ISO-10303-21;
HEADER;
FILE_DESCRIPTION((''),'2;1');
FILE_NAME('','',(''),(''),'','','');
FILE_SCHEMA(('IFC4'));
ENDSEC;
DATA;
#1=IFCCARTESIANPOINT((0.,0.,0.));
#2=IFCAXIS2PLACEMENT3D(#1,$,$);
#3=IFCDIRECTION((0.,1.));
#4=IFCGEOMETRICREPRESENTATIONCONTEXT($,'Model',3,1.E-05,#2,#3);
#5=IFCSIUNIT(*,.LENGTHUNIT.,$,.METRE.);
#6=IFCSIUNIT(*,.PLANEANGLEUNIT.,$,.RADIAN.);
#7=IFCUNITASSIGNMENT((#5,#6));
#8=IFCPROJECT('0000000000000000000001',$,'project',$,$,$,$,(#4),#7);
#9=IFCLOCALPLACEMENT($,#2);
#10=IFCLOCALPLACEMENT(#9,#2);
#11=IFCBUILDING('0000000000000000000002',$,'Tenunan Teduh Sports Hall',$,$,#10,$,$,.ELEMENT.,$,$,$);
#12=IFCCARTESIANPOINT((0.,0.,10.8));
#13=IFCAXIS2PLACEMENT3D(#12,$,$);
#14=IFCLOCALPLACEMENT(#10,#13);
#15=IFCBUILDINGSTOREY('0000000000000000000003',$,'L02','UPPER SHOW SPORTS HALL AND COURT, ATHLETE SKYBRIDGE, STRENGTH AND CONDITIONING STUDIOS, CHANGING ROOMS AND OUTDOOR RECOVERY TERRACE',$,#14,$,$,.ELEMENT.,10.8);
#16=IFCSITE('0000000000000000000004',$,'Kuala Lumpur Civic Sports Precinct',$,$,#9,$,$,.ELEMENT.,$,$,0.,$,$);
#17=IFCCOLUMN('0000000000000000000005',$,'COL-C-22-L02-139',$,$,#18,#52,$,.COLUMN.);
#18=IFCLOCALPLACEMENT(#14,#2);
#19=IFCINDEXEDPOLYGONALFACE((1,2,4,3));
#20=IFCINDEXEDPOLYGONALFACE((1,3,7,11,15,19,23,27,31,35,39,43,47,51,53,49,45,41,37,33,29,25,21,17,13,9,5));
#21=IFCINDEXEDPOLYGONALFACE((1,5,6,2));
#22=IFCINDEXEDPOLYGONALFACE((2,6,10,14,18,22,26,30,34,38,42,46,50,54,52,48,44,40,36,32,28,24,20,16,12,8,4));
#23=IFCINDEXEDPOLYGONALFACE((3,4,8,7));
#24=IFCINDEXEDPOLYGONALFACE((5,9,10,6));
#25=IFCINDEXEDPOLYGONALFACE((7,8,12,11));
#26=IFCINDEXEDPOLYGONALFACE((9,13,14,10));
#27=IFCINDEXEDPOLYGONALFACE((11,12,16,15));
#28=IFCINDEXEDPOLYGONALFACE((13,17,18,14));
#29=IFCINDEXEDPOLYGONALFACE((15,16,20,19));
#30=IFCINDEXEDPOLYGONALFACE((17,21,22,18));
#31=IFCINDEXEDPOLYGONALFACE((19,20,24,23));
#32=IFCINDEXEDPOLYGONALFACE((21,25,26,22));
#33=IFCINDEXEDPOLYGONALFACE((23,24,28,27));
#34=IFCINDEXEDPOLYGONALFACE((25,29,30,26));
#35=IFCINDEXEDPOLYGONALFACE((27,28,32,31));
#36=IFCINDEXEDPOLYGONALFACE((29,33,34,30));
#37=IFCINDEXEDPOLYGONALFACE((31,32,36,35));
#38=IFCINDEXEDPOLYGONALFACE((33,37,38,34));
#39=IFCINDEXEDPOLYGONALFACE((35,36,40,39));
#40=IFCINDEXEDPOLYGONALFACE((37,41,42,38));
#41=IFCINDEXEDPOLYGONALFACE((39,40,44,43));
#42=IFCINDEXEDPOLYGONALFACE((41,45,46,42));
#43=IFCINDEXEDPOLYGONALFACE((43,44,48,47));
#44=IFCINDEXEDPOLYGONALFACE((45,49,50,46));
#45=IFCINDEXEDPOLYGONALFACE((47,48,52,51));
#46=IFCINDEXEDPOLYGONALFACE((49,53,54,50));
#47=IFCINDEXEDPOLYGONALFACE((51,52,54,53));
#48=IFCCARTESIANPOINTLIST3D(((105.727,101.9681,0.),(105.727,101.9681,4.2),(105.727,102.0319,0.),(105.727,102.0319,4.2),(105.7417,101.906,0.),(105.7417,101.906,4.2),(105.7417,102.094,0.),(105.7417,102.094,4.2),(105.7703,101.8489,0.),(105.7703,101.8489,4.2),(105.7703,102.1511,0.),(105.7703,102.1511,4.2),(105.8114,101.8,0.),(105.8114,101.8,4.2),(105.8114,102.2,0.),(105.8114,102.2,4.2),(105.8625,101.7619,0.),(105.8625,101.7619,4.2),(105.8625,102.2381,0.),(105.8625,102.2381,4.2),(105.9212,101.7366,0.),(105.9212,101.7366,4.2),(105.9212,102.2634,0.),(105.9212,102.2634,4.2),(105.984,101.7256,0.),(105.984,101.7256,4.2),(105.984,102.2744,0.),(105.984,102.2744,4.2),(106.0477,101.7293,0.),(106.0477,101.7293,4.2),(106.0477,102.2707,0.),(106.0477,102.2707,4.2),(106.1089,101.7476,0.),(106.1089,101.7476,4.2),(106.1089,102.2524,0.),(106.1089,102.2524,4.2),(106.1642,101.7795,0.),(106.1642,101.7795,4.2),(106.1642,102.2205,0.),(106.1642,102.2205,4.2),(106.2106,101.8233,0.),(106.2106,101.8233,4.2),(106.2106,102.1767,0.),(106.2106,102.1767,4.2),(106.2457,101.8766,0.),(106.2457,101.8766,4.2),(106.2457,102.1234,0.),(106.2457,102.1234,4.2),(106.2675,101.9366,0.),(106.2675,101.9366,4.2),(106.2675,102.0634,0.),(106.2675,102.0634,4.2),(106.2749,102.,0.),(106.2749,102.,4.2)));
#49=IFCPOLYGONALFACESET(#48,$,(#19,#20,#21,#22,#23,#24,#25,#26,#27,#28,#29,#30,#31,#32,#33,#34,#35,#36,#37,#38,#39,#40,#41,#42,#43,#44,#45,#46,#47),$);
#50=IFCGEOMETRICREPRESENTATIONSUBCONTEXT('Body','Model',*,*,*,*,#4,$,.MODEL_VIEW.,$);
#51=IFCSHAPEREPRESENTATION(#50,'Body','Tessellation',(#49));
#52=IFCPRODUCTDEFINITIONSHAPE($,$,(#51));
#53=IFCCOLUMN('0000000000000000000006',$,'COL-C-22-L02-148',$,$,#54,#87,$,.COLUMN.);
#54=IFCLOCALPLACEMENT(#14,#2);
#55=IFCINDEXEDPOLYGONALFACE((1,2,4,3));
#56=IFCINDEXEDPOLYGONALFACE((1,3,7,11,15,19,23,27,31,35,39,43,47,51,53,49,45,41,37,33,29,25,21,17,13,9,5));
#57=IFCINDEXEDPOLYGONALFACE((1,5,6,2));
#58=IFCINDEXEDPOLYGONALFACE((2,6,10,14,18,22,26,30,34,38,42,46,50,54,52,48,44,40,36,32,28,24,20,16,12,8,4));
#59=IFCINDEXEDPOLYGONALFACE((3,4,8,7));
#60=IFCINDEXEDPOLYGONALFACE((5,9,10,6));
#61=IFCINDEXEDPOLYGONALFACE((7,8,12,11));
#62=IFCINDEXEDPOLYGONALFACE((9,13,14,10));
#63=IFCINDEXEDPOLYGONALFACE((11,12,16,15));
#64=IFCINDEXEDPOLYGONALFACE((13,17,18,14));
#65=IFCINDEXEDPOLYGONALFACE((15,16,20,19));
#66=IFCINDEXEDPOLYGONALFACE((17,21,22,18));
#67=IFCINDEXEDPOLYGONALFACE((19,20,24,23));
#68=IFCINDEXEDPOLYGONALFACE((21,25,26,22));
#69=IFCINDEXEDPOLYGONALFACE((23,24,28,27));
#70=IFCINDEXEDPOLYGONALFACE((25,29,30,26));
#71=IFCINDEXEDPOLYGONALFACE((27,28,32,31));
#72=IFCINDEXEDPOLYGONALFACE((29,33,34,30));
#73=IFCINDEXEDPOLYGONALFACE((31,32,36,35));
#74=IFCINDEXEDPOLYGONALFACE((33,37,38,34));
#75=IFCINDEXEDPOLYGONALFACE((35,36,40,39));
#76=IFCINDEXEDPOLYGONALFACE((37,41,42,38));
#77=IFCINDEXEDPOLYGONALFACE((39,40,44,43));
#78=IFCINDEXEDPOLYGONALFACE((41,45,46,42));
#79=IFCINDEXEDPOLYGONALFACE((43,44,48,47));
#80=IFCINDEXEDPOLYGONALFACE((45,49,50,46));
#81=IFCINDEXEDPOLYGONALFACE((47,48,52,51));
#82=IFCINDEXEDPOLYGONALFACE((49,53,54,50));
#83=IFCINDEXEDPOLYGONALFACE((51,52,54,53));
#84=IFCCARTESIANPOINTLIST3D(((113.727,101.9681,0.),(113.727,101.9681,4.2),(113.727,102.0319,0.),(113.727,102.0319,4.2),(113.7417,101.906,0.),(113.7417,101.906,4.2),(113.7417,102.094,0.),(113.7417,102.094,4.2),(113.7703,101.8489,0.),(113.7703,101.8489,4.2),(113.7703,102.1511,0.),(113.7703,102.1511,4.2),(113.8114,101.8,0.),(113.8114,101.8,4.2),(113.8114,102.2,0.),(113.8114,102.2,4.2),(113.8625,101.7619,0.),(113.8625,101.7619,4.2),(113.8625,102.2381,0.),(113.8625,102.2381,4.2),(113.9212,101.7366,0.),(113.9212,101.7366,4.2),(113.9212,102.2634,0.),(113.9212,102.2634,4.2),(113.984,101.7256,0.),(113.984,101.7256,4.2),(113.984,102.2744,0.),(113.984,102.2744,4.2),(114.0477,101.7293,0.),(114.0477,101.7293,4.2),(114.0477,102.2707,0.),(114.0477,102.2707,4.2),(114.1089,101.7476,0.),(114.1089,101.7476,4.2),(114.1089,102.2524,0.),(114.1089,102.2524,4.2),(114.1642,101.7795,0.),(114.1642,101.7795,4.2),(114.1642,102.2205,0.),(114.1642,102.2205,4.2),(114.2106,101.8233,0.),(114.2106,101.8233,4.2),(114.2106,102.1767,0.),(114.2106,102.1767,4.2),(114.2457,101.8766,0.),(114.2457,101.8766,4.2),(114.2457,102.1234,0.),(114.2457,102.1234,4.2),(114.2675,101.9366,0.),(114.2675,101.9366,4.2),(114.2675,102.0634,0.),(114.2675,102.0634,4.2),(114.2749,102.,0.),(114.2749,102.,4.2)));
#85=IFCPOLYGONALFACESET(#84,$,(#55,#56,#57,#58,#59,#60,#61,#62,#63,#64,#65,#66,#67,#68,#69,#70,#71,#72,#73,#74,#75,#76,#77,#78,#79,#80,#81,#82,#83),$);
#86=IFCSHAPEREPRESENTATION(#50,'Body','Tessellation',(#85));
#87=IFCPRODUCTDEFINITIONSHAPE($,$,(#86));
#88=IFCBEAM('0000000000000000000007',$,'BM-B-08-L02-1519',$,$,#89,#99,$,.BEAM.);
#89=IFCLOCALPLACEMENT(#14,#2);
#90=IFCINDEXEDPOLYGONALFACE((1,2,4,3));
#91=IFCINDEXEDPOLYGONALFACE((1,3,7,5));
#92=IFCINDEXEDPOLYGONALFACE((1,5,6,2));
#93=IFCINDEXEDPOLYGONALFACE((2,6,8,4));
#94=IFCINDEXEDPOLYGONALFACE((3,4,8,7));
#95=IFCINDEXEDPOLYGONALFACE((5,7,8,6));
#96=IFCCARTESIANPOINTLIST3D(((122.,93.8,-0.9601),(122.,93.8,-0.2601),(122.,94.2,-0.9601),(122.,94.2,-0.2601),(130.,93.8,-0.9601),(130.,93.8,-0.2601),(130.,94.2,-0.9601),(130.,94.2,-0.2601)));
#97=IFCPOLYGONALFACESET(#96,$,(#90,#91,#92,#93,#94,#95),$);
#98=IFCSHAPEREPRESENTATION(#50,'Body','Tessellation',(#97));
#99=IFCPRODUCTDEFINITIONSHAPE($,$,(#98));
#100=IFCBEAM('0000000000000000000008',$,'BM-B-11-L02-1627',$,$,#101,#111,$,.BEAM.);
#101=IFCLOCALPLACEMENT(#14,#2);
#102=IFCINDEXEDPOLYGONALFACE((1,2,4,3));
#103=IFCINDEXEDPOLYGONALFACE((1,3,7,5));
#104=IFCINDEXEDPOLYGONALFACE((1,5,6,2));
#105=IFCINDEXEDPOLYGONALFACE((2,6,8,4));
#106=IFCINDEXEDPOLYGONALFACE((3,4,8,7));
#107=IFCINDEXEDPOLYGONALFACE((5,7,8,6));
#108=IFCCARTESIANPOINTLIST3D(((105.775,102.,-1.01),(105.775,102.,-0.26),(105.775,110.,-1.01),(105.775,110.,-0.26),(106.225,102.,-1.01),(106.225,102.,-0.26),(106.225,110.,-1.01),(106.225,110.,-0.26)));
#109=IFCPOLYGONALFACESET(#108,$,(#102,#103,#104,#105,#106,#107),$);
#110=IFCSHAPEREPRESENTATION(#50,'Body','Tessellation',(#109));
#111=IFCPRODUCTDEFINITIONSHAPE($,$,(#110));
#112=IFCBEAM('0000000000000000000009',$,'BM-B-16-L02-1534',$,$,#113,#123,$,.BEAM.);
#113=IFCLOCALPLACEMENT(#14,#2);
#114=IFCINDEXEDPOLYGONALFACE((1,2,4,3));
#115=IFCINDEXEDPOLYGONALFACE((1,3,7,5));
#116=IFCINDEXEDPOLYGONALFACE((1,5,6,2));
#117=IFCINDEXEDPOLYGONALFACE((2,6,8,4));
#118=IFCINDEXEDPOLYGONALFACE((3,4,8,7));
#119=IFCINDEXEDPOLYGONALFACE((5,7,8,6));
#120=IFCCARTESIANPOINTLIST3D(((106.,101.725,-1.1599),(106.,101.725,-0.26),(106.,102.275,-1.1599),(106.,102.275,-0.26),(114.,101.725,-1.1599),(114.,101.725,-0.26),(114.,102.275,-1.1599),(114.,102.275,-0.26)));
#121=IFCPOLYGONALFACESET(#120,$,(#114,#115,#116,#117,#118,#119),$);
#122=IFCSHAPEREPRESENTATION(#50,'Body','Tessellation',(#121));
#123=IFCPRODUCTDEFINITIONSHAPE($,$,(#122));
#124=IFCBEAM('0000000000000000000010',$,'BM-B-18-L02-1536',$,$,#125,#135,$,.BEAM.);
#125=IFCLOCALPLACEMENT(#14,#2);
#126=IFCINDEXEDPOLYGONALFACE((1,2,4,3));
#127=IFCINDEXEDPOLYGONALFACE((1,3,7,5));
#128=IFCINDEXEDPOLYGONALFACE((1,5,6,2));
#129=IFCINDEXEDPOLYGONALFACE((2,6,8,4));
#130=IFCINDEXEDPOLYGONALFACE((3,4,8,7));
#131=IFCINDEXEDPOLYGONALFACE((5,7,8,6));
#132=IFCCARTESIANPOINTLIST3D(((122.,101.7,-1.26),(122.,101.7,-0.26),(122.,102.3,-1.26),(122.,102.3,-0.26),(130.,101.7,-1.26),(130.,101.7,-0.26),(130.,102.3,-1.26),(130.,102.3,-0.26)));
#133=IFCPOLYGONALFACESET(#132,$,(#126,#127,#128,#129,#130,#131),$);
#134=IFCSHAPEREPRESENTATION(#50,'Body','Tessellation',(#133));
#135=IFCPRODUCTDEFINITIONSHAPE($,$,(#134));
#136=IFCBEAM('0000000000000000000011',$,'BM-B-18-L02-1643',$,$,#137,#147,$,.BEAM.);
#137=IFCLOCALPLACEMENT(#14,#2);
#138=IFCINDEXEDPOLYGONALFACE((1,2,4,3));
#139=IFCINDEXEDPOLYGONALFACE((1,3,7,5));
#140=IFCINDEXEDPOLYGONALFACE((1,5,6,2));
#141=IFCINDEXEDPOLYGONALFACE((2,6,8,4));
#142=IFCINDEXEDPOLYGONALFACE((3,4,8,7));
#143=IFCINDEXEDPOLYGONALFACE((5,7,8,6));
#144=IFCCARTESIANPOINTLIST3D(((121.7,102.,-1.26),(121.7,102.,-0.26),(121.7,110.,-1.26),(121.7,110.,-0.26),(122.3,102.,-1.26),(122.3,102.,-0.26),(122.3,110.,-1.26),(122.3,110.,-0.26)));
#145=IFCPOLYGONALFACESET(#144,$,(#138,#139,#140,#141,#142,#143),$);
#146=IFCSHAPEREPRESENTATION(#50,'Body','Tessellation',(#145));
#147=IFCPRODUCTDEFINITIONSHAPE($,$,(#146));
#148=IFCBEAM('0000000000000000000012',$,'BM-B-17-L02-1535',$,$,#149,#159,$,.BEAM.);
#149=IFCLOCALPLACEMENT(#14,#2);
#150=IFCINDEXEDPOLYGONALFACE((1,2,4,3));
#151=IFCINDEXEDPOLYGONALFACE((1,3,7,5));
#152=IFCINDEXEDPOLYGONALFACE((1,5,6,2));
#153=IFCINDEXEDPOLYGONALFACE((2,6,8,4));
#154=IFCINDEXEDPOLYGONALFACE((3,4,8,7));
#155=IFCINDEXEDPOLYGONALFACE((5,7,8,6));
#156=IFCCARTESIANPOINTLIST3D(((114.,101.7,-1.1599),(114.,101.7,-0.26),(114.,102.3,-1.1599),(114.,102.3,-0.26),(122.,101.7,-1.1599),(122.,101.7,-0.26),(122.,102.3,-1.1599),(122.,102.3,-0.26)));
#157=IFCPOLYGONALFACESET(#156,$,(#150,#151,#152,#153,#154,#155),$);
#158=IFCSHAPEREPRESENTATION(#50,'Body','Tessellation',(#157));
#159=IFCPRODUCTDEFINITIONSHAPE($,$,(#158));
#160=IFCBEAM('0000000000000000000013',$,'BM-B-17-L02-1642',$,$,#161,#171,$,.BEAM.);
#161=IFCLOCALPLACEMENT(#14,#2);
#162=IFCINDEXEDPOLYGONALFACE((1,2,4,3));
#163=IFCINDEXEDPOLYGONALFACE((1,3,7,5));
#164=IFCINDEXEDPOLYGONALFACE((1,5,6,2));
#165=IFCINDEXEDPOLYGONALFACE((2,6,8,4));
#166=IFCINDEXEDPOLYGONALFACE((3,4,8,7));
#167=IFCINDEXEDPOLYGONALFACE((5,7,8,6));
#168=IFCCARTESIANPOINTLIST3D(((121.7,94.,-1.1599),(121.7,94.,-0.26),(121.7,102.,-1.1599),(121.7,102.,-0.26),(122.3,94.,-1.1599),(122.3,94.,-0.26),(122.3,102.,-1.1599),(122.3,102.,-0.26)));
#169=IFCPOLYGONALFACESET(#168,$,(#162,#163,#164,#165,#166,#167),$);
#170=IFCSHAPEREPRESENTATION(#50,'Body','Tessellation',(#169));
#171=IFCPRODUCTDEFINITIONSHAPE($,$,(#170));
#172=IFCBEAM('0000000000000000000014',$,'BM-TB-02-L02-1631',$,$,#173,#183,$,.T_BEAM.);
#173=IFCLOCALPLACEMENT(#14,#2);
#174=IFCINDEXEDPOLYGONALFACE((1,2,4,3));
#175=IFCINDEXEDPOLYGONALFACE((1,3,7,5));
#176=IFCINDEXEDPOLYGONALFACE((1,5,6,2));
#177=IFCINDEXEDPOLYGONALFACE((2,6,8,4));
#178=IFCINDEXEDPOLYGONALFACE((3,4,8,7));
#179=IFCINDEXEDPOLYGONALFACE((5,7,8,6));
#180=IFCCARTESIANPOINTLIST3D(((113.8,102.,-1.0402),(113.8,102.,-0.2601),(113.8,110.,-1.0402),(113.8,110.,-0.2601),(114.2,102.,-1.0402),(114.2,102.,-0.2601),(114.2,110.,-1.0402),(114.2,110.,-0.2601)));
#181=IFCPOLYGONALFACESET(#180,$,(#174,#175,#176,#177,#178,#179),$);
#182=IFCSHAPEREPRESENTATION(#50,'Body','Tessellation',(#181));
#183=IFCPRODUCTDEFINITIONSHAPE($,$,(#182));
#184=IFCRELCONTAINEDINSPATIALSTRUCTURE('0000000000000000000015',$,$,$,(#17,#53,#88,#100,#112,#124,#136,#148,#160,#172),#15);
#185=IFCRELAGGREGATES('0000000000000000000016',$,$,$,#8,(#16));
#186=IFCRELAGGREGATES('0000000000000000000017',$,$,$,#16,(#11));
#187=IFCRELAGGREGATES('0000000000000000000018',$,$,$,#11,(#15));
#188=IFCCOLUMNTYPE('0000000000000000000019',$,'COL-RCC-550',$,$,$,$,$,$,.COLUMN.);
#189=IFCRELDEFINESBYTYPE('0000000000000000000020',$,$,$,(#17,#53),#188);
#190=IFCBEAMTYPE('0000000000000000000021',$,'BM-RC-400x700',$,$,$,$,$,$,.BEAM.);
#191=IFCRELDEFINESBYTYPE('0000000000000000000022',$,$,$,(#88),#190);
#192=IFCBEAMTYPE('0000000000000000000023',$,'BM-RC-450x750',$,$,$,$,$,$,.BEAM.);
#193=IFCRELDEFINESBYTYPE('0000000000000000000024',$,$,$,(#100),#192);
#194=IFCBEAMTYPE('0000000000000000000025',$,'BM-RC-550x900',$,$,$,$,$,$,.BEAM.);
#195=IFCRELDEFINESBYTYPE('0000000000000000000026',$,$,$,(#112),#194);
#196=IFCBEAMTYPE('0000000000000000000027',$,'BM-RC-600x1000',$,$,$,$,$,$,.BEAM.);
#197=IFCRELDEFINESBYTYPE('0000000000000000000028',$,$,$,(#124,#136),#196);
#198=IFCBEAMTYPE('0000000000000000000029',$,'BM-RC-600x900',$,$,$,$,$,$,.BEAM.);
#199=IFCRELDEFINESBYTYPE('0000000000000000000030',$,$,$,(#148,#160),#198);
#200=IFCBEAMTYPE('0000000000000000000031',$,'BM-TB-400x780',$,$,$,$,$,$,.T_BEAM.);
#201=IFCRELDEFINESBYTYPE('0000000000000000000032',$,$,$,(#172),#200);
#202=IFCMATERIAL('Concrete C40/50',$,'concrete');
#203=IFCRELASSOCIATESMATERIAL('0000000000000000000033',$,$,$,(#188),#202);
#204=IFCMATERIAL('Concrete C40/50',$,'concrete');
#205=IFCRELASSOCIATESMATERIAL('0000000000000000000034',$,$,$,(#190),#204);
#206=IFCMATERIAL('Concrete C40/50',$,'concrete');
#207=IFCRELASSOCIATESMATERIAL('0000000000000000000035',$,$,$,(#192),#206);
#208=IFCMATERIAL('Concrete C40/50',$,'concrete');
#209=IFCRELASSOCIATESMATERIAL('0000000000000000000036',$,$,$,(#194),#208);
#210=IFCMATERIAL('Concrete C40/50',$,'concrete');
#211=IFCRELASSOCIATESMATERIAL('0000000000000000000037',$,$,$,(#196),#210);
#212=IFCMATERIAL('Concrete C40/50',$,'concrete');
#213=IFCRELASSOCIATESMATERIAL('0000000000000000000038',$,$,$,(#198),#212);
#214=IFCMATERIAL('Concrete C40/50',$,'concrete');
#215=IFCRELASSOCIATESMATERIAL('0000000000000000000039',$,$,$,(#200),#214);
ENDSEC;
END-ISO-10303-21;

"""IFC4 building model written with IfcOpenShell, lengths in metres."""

from ifc_helpers import new_model, si_unit, direction, frame, origin, origin_2d, place, context, subcontext, project, spatial, rectangle, circle, extrude, material, material_profile, profile_set, type_object, element, save


model = new_model("IFC4")

# Units and contexts
model_context = context("Model", 3, precision=1e-05, world=origin(), true_north=direction((0.0, 1.0)))
body_context = subcontext(model_context, "Body", "Model", "MODEL_VIEW")
ifc_project = project(units=[si_unit("LENGTHUNIT", "METRE"), si_unit("PLANEANGLEUNIT", "RADIAN")], contexts=[model_context])

# Site, building, storey
site_placement = place(None, origin())
site = spatial("IfcSite", under=ifc_project, at=site_placement, Name="Kuala Lumpur Civic Sports Precinct", CompositionType="ELEMENT", RefElevation=0.0)
building_placement = place(site_placement, origin())
building = spatial("IfcBuilding", under=site, at=building_placement, Name="Tenunan Teduh Sports Hall", CompositionType="ELEMENT")
storey_placement = place(building_placement, frame((0.0, 0.0, 10.8)))
storey = spatial("IfcBuildingStorey", under=building, at=storey_placement, Name="L02", Description="UPPER SHOW SPORTS HALL AND COURT, ATHLETE SKYBRIDGE, STRENGTH AND CONDITIONING STUDIOS, CHANGING ROOMS AND OUTDOOR RECOVERY TERRACE", CompositionType="ELEMENT", Elevation=10.8)

# Columns
ifc_material_1 = material(Name="Concrete C40/50", Category="concrete")
ifc_material_profile_1 = material_profile(ifc_material_1, circle(Radius=0.2749, at=origin_2d()), Name="RCC D550")
ifc_profile_set_1 = profile_set([ifc_material_profile_1], Name="Concrete C40/50")
column_type = type_object("IfcColumnType", Name="COL-RCC-550", PredefinedType="COLUMN", material=ifc_profile_set_1)
for number, where, z_axis, x_axis, name in (
    (1, (106.0, 102.0, 0.0), (0.0, 0.0, 1.0), (1.0, 0.0, 0.0), "COL-C-22-L02-139"),
    (2, (114.0, 102.0, 0.0), (0.0, 0.0, 1.0), (1.0, 0.0, 0.0), "COL-C-22-L02-148"),
):
    element("IfcColumn", number, at=place(storey_placement, frame(where, z_axis=z_axis, x_axis=x_axis)), inside=storey, type_object=column_type, Name=name, PredefinedType="COLUMN", context=body_context, shape_type="SweptSolid", body=[
        extrude(circle(Radius=0.2749, at=origin_2d()), origin(), (0.0, 0.0, 1.0), 4.2),
    ])

# Beams
ifc_material_2 = material(Name="Concrete C40/50", Category="concrete")
ifc_material_profile_2 = material_profile(ifc_material_2, rectangle(XDim=0.3999, YDim=0.7, at=origin_2d()), Name="RCB 400x700")
ifc_profile_set_2 = profile_set([ifc_material_profile_2], Name="Concrete C40/50")
beam_type_1 = type_object("IfcBeamType", Name="BM-RC-400x700", PredefinedType="BEAM", material=ifc_profile_set_2)
beam_1_placement = place(storey_placement, frame((122.0, 94.0, -0.6101), z_axis=(1.0, 0.0, 0.0), x_axis=(0.0, 1.0, 0.0)))
element("IfcBeam", 3, at=beam_1_placement, inside=storey, type_object=beam_type_1, Name="BM-B-08-L02-1519", PredefinedType="BEAM", context=body_context, shape_type="SweptSolid", body=[
    extrude(rectangle(XDim=0.3999, YDim=0.7, at=origin_2d()), origin(), (0.0, 0.0, 1.0), 8.0),
])
ifc_material_3 = material(Name="Concrete C40/50", Category="concrete")
ifc_material_profile_3 = material_profile(ifc_material_3, rectangle(XDim=0.45, YDim=0.75, at=origin_2d()), Name="RCB 450x750")
ifc_profile_set_3 = profile_set([ifc_material_profile_3], Name="Concrete C40/50")
beam_type_2 = type_object("IfcBeamType", Name="BM-RC-450x750", PredefinedType="BEAM", material=ifc_profile_set_3)
beam_2_placement = place(storey_placement, frame((106.0, 102.0, -0.635), z_axis=(0.0, 1.0, 0.0), x_axis=(-1.0, 0.0, 0.0)))
element("IfcBeam", 4, at=beam_2_placement, inside=storey, type_object=beam_type_2, Name="BM-B-11-L02-1627", PredefinedType="BEAM", context=body_context, shape_type="SweptSolid", body=[
    extrude(rectangle(XDim=0.45, YDim=0.75, at=origin_2d()), origin(), (0.0, 0.0, 1.0), 8.0),
])
ifc_material_4 = material(Name="Concrete C40/50", Category="concrete")
ifc_material_profile_4 = material_profile(ifc_material_4, rectangle(XDim=0.55, YDim=0.8999, at=origin_2d()), Name="RCB 550x900")
ifc_profile_set_4 = profile_set([ifc_material_profile_4], Name="Concrete C40/50")
beam_type_3 = type_object("IfcBeamType", Name="BM-RC-550x900", PredefinedType="BEAM", material=ifc_profile_set_4)
beam_3_placement = place(storey_placement, frame((106.0, 102.0, -0.71), z_axis=(1.0, 0.0, 0.0), x_axis=(0.0, 1.0, 0.0)))
element("IfcBeam", 5, at=beam_3_placement, inside=storey, type_object=beam_type_3, Name="BM-B-16-L02-1534", PredefinedType="BEAM", context=body_context, shape_type="SweptSolid", body=[
    extrude(rectangle(XDim=0.55, YDim=0.8999, at=origin_2d()), origin(), (0.0, 0.0, 1.0), 8.0),
])
ifc_material_5 = material(Name="Concrete C40/50", Category="concrete")
ifc_material_profile_5 = material_profile(ifc_material_5, rectangle(XDim=0.6001, YDim=1.0, at=origin_2d()), Name="RCB 600x1000")
ifc_profile_set_5 = profile_set([ifc_material_profile_5], Name="Concrete C40/50")
beam_type_4 = type_object("IfcBeamType", Name="BM-RC-600x1000", PredefinedType="BEAM", material=ifc_profile_set_5)
for number, where, z_axis, x_axis, name in (
    (6, (122.0, 102.0, -0.76), (1.0, 0.0, 0.0), (0.0, 1.0, 0.0), "BM-B-18-L02-1536"),
    (7, (122.0, 102.0, -0.76), (0.0, 1.0, 0.0), (-1.0, 0.0, 0.0), "BM-B-18-L02-1643"),
):
    element("IfcBeam", number, at=place(storey_placement, frame(where, z_axis=z_axis, x_axis=x_axis)), inside=storey, type_object=beam_type_4, Name=name, PredefinedType="BEAM", context=body_context, shape_type="SweptSolid", body=[
        extrude(rectangle(XDim=0.6001, YDim=1.0, at=origin_2d()), origin(), (0.0, 0.0, 1.0), 8.0),
    ])
ifc_material_6 = material(Name="Concrete C40/50", Category="concrete")
ifc_material_profile_6 = material_profile(ifc_material_6, rectangle(XDim=0.6001, YDim=0.8999, at=origin_2d()), Name="RCB 600x900")
ifc_profile_set_6 = profile_set([ifc_material_profile_6], Name="Concrete C40/50")
beam_type_5 = type_object("IfcBeamType", Name="BM-RC-600x900", PredefinedType="BEAM", material=ifc_profile_set_6)
for number, where, z_axis, x_axis, name in (
    (8, (114.0, 102.0, -0.71), (1.0, 0.0, 0.0), (0.0, 1.0, 0.0), "BM-B-17-L02-1535"),
    (9, (122.0, 94.0, -0.71), (0.0, 1.0, 0.0), (-1.0, 0.0, 0.0), "BM-B-17-L02-1642"),
):
    element("IfcBeam", number, at=place(storey_placement, frame(where, z_axis=z_axis, x_axis=x_axis)), inside=storey, type_object=beam_type_5, Name=name, PredefinedType="BEAM", context=body_context, shape_type="SweptSolid", body=[
        extrude(rectangle(XDim=0.6001, YDim=0.8999, at=origin_2d()), origin(), (0.0, 0.0, 1.0), 8.0),
    ])
ifc_material_7 = material(Name="Concrete C40/50", Category="concrete")
ifc_material_profile_7 = material_profile(ifc_material_7, rectangle(XDim=0.3999, YDim=0.78, at=origin_2d()), Name="TB 400x780")
ifc_profile_set_7 = profile_set([ifc_material_profile_7], Name="Concrete C40/50")
beam_type_6 = type_object("IfcBeamType", Name="BM-TB-400x780", PredefinedType="T_BEAM", material=ifc_profile_set_7)
beam_4_placement = place(storey_placement, frame((114.0, 102.0, -0.6501), z_axis=(0.0, 1.0, 0.0), x_axis=(-1.0, 0.0, 0.0)))
element("IfcBeam", 10, at=beam_4_placement, inside=storey, type_object=beam_type_6, Name="BM-TB-02-L02-1631", PredefinedType="T_BEAM", context=body_context, shape_type="SweptSolid", body=[
    extrude(rectangle(XDim=0.3999, YDim=0.78, at=origin_2d()), origin(), (0.0, 0.0, 1.0), 8.0),
])

save(model, "model.ifc")
